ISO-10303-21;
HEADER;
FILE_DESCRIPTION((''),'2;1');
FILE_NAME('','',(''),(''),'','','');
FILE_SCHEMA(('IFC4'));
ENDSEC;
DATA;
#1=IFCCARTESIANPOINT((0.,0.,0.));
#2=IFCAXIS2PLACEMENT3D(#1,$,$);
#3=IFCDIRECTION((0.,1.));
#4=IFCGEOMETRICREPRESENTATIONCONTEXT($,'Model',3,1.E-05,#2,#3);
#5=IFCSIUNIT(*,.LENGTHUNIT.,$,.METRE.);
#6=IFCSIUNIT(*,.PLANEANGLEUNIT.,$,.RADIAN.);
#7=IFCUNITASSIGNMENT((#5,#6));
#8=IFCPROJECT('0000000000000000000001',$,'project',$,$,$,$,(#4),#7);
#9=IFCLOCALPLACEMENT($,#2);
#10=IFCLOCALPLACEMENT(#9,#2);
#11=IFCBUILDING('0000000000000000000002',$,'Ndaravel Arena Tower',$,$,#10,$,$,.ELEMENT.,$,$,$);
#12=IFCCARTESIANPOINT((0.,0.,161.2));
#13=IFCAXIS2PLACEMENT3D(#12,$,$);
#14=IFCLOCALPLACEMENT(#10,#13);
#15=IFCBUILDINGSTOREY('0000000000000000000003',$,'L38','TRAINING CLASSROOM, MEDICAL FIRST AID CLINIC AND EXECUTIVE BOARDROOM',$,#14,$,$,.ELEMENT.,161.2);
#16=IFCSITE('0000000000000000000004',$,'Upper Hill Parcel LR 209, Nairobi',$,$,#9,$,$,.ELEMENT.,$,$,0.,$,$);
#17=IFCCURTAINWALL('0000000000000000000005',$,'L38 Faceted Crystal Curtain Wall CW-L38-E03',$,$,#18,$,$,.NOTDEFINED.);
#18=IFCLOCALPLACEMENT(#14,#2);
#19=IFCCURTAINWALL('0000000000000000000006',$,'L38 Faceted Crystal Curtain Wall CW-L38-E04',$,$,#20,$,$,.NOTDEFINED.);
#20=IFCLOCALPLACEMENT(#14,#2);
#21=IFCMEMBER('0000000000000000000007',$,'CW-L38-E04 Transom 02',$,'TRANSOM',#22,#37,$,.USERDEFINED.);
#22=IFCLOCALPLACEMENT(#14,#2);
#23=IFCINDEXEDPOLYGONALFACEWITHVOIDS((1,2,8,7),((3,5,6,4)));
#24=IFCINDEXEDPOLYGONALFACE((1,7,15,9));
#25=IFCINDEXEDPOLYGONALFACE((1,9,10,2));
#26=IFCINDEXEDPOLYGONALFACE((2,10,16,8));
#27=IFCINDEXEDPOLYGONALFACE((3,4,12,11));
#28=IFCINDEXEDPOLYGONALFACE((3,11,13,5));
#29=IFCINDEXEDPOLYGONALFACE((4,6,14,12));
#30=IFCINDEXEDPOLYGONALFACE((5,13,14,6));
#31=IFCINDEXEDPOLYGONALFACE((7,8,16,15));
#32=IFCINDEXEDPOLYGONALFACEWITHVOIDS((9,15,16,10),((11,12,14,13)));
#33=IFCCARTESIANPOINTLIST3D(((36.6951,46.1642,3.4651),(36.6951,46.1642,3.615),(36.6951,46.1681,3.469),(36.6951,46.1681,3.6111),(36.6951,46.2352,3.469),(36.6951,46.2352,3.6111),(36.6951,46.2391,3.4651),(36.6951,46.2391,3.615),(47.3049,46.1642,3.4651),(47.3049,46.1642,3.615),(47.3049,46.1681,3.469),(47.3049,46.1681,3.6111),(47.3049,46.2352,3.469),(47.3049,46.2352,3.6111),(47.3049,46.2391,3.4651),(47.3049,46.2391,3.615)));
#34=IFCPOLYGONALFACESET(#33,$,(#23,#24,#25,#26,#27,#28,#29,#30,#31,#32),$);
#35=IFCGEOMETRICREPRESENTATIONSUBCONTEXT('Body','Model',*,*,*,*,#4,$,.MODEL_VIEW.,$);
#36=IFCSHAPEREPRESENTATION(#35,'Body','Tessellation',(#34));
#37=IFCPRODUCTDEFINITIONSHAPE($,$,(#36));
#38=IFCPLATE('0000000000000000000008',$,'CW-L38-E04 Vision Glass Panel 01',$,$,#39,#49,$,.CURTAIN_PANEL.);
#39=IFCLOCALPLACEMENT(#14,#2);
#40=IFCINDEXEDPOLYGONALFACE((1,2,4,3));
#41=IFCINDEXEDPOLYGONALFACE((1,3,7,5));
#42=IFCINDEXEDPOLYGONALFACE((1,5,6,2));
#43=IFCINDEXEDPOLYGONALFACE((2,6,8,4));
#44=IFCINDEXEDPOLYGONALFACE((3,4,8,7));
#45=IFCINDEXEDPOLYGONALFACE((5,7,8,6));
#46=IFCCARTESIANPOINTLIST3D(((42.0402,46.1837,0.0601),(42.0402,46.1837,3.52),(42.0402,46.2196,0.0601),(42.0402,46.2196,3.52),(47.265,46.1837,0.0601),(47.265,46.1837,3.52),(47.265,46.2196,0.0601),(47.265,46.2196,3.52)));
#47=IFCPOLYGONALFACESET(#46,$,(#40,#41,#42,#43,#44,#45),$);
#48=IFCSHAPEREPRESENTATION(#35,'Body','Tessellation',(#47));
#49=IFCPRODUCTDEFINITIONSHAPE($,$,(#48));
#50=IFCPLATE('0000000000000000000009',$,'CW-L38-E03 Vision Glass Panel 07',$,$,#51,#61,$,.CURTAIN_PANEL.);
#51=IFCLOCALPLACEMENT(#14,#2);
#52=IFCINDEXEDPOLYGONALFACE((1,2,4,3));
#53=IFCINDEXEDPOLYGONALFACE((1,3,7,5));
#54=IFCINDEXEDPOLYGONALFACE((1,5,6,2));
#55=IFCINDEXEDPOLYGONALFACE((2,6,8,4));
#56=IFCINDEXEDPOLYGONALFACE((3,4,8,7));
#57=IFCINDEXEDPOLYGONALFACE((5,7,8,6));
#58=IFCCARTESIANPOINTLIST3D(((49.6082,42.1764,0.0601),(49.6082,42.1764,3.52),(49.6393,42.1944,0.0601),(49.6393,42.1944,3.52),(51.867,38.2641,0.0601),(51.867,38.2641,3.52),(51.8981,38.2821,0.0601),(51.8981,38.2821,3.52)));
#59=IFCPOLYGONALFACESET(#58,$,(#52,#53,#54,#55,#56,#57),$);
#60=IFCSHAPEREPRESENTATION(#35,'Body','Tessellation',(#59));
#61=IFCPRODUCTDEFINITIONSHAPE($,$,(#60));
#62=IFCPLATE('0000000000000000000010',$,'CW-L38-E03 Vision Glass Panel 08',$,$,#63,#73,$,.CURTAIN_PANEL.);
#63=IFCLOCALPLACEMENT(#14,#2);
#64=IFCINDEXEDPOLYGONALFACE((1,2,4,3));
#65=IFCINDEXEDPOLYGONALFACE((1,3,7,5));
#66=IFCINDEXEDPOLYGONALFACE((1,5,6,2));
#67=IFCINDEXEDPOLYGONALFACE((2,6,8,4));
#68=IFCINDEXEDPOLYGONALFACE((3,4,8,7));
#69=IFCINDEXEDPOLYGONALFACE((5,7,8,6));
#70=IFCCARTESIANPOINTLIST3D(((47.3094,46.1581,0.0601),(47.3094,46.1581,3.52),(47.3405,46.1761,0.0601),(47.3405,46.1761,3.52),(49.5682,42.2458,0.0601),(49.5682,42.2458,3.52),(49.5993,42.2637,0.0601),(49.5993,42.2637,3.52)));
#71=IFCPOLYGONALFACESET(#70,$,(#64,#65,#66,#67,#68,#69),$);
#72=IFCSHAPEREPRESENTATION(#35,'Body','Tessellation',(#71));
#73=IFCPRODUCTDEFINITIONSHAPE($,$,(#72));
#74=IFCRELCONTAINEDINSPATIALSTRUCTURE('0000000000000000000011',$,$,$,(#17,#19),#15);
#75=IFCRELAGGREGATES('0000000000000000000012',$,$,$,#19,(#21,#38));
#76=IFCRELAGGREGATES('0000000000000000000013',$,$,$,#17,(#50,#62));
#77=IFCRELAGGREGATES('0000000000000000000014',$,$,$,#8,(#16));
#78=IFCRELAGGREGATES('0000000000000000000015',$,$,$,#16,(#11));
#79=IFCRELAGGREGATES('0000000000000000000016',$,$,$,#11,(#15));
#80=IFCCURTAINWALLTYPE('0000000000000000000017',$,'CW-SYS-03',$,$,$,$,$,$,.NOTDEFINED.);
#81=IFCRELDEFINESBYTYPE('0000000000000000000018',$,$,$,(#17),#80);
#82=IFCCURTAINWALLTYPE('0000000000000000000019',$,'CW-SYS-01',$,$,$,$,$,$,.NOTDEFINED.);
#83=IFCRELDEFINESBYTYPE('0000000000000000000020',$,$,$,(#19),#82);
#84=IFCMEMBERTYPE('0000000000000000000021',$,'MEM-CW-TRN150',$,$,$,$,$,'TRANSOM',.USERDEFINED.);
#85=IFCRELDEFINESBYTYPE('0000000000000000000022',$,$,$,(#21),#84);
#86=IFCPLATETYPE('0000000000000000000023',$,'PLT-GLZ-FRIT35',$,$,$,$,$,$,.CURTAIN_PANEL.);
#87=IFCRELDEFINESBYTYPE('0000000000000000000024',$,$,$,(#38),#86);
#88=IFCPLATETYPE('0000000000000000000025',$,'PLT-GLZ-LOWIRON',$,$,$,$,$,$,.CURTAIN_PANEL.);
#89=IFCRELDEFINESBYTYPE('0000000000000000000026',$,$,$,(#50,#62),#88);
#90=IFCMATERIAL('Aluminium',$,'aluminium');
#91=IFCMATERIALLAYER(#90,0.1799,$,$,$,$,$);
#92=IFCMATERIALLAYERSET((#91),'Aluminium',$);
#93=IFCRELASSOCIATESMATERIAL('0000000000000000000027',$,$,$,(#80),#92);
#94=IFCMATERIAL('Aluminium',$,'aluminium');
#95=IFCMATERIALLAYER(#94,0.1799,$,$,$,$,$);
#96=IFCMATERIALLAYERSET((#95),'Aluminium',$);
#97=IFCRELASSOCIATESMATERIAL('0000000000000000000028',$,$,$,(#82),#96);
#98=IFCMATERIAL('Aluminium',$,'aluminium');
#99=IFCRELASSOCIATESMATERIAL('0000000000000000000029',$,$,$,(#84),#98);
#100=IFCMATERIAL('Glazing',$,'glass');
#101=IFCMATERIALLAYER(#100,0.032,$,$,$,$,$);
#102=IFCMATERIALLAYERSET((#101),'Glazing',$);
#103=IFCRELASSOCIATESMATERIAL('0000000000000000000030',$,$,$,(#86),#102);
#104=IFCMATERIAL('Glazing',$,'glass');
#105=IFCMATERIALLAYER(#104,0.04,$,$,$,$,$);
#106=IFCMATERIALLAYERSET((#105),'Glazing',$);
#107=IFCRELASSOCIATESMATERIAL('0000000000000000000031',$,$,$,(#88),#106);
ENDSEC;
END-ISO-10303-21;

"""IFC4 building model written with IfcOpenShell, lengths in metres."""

from ifc_helpers import new_model, si_unit, direction, frame, origin, origin_2d, place, context, subcontext, project, spatial, rectangle, hollow_rectangle, extrude, material, layer, layer_set, material_profile, profile_set, type_object, element, aggregate, save


model = new_model("IFC4")

# Units and contexts
model_context = context("Model", 3, precision=1e-05, world=origin(), true_north=direction((0.0, 1.0)))
body_context = subcontext(model_context, "Body", "Model", "MODEL_VIEW")
ifc_project = project(units=[si_unit("LENGTHUNIT", "METRE"), si_unit("PLANEANGLEUNIT", "RADIAN")], contexts=[model_context])

# Site, building, storey
site_placement = place(None, origin())
site = spatial("IfcSite", under=ifc_project, at=site_placement, Name="Upper Hill Parcel LR 209, Nairobi", CompositionType="ELEMENT", RefElevation=0.0)
building_placement = place(site_placement, origin())
building = spatial("IfcBuilding", under=site, at=building_placement, Name="Ndaravel Arena Tower", CompositionType="ELEMENT")
storey_placement = place(building_placement, frame((0.0, 0.0, 161.2)))
storey = spatial("IfcBuildingStorey", under=building, at=storey_placement, Name="L38", Description="TRAINING CLASSROOM, MEDICAL FIRST AID CLINIC AND EXECUTIVE BOARDROOM", CompositionType="ELEMENT", Elevation=161.2)

# Curtain wall
ifc_material_1 = material(Name="Aluminium", Category="aluminium")
ifc_layer_1 = layer(ifc_material_1, 0.1799)
ifc_layer_set_1 = layer_set([ifc_layer_1], Name="Aluminium")
curtain_wall_type_1 = type_object("IfcCurtainWallType", Name="CW-SYS-03", PredefinedType="NOTDEFINED", material=ifc_layer_set_1)
curtain_wall_1_placement = place(storey_placement, origin())
curtain_wall_1 = element("IfcCurtainWall", 1, at=curtain_wall_1_placement, inside=storey, type_object=curtain_wall_type_1, Name="L38 Faceted Crystal Curtain Wall CW-L38-E03", PredefinedType="NOTDEFINED")

# Curtain wall, member, plate
ifc_material_2 = material(Name="Aluminium", Category="aluminium")
ifc_layer_2 = layer(ifc_material_2, 0.1799)
ifc_layer_set_2 = layer_set([ifc_layer_2], Name="Aluminium")
curtain_wall_type_2 = type_object("IfcCurtainWallType", Name="CW-SYS-01", PredefinedType="NOTDEFINED", material=ifc_layer_set_2)
curtain_wall_2_placement = place(storey_placement, origin())
curtain_wall_2 = element("IfcCurtainWall", 2, at=curtain_wall_2_placement, inside=storey, type_object=curtain_wall_type_2, Name="L38 Faceted Crystal Curtain Wall CW-L38-E04", PredefinedType="NOTDEFINED")
ifc_material_3 = material(Name="Aluminium", Category="aluminium")
ifc_material_profile_1 = material_profile(ifc_material_3, hollow_rectangle(XDim=0.075, YDim=0.1499, WallThickness=0.0039, at=origin_2d()), Name="CW TRANSOM 75x150x4")
ifc_profile_set_1 = profile_set([ifc_material_profile_1], Name="Aluminium")
member_type_1 = type_object("IfcMemberType", Name="MEM-CW-TRN150", ElementType="TRANSOM", PredefinedType="USERDEFINED", material=ifc_profile_set_1)
member_1_placement = place(storey_placement, frame((47.3049, 46.2017, 3.54), z_axis=(-1.0, 0.0, 0.0), x_axis=(0.0, -1.0, 0.0)))
member_1 = element("IfcMember", 3, at=member_1_placement, type_object=member_type_1, Name="CW-L38-E04 Transom 02", ObjectType="TRANSOM", PredefinedType="USERDEFINED", context=body_context, shape_type="SweptSolid", body=[
    extrude(hollow_rectangle(XDim=0.075, YDim=0.1499, WallThickness=0.0039, at=origin_2d()), origin(), (0.0, 0.0, 1.0), 10.6099),
])
ifc_material_4 = material(Name="Glazing", Category="glass")
ifc_layer_3 = layer(ifc_material_4, 0.032)
ifc_layer_set_3 = layer_set([ifc_layer_3], Name="Glazing")
plate_type_1 = type_object("IfcPlateType", Name="PLT-GLZ-FRIT35", PredefinedType="CURTAIN_PANEL", material=ifc_layer_set_3)
plate_1_placement = place(storey_placement, frame((44.6526, 46.2017, 0.0601), z_axis=(0.0, 0.0, 1.0), x_axis=(-1.0, 0.0, 0.0)))
plate_1 = element("IfcPlate", 4, at=plate_1_placement, type_object=plate_type_1, Name="CW-L38-E04 Vision Glass Panel 01", PredefinedType="CURTAIN_PANEL", context=body_context, shape_type="SweptSolid", body=[
    extrude(rectangle(XDim=5.2249, YDim=0.0359, at=origin_2d()), origin(), (0.0, 0.0, 1.0), 3.46),
])
aggregate(curtain_wall_2, [member_1, plate_1])

# Plates
ifc_material_5 = material(Name="Glazing", Category="glass")
ifc_layer_4 = layer(ifc_material_5, 0.04)
ifc_layer_set_4 = layer_set([ifc_layer_4], Name="Glazing")
plate_type_2 = type_object("IfcPlateType", Name="PLT-GLZ-LOWIRON", PredefinedType="CURTAIN_PANEL", material=ifc_layer_set_4)
plate_2_placement = place(storey_placement, frame((50.7532, 40.2292, 0.0601), z_axis=(0.0, 0.0, 1.0), x_axis=(-0.5, 0.866025, 0.0)))
plate_2 = element("IfcPlate", 5, at=plate_2_placement, type_object=plate_type_2, Name="CW-L38-E03 Vision Glass Panel 07", PredefinedType="CURTAIN_PANEL", context=body_context, shape_type="SweptSolid", body=[
    extrude(rectangle(XDim=4.5176, YDim=0.0359, at=origin_2d()), origin(), (0.0, 0.0, 1.0), 3.46),
])
plate_3_placement = place(storey_placement, frame((48.4543, 44.2109, 0.0601), z_axis=(0.0, 0.0, 1.0), x_axis=(-0.5, 0.866025, 0.0)))
plate_3 = element("IfcPlate", 6, at=plate_3_placement, type_object=plate_type_2, Name="CW-L38-E03 Vision Glass Panel 08", PredefinedType="CURTAIN_PANEL", context=body_context, shape_type="SweptSolid", body=[
    extrude(rectangle(XDim=4.5176, YDim=0.0359, at=origin_2d()), origin(), (0.0, 0.0, 1.0), 3.46),
])
aggregate(curtain_wall_1, [plate_2, plate_3])

save(model, "model.ifc")
